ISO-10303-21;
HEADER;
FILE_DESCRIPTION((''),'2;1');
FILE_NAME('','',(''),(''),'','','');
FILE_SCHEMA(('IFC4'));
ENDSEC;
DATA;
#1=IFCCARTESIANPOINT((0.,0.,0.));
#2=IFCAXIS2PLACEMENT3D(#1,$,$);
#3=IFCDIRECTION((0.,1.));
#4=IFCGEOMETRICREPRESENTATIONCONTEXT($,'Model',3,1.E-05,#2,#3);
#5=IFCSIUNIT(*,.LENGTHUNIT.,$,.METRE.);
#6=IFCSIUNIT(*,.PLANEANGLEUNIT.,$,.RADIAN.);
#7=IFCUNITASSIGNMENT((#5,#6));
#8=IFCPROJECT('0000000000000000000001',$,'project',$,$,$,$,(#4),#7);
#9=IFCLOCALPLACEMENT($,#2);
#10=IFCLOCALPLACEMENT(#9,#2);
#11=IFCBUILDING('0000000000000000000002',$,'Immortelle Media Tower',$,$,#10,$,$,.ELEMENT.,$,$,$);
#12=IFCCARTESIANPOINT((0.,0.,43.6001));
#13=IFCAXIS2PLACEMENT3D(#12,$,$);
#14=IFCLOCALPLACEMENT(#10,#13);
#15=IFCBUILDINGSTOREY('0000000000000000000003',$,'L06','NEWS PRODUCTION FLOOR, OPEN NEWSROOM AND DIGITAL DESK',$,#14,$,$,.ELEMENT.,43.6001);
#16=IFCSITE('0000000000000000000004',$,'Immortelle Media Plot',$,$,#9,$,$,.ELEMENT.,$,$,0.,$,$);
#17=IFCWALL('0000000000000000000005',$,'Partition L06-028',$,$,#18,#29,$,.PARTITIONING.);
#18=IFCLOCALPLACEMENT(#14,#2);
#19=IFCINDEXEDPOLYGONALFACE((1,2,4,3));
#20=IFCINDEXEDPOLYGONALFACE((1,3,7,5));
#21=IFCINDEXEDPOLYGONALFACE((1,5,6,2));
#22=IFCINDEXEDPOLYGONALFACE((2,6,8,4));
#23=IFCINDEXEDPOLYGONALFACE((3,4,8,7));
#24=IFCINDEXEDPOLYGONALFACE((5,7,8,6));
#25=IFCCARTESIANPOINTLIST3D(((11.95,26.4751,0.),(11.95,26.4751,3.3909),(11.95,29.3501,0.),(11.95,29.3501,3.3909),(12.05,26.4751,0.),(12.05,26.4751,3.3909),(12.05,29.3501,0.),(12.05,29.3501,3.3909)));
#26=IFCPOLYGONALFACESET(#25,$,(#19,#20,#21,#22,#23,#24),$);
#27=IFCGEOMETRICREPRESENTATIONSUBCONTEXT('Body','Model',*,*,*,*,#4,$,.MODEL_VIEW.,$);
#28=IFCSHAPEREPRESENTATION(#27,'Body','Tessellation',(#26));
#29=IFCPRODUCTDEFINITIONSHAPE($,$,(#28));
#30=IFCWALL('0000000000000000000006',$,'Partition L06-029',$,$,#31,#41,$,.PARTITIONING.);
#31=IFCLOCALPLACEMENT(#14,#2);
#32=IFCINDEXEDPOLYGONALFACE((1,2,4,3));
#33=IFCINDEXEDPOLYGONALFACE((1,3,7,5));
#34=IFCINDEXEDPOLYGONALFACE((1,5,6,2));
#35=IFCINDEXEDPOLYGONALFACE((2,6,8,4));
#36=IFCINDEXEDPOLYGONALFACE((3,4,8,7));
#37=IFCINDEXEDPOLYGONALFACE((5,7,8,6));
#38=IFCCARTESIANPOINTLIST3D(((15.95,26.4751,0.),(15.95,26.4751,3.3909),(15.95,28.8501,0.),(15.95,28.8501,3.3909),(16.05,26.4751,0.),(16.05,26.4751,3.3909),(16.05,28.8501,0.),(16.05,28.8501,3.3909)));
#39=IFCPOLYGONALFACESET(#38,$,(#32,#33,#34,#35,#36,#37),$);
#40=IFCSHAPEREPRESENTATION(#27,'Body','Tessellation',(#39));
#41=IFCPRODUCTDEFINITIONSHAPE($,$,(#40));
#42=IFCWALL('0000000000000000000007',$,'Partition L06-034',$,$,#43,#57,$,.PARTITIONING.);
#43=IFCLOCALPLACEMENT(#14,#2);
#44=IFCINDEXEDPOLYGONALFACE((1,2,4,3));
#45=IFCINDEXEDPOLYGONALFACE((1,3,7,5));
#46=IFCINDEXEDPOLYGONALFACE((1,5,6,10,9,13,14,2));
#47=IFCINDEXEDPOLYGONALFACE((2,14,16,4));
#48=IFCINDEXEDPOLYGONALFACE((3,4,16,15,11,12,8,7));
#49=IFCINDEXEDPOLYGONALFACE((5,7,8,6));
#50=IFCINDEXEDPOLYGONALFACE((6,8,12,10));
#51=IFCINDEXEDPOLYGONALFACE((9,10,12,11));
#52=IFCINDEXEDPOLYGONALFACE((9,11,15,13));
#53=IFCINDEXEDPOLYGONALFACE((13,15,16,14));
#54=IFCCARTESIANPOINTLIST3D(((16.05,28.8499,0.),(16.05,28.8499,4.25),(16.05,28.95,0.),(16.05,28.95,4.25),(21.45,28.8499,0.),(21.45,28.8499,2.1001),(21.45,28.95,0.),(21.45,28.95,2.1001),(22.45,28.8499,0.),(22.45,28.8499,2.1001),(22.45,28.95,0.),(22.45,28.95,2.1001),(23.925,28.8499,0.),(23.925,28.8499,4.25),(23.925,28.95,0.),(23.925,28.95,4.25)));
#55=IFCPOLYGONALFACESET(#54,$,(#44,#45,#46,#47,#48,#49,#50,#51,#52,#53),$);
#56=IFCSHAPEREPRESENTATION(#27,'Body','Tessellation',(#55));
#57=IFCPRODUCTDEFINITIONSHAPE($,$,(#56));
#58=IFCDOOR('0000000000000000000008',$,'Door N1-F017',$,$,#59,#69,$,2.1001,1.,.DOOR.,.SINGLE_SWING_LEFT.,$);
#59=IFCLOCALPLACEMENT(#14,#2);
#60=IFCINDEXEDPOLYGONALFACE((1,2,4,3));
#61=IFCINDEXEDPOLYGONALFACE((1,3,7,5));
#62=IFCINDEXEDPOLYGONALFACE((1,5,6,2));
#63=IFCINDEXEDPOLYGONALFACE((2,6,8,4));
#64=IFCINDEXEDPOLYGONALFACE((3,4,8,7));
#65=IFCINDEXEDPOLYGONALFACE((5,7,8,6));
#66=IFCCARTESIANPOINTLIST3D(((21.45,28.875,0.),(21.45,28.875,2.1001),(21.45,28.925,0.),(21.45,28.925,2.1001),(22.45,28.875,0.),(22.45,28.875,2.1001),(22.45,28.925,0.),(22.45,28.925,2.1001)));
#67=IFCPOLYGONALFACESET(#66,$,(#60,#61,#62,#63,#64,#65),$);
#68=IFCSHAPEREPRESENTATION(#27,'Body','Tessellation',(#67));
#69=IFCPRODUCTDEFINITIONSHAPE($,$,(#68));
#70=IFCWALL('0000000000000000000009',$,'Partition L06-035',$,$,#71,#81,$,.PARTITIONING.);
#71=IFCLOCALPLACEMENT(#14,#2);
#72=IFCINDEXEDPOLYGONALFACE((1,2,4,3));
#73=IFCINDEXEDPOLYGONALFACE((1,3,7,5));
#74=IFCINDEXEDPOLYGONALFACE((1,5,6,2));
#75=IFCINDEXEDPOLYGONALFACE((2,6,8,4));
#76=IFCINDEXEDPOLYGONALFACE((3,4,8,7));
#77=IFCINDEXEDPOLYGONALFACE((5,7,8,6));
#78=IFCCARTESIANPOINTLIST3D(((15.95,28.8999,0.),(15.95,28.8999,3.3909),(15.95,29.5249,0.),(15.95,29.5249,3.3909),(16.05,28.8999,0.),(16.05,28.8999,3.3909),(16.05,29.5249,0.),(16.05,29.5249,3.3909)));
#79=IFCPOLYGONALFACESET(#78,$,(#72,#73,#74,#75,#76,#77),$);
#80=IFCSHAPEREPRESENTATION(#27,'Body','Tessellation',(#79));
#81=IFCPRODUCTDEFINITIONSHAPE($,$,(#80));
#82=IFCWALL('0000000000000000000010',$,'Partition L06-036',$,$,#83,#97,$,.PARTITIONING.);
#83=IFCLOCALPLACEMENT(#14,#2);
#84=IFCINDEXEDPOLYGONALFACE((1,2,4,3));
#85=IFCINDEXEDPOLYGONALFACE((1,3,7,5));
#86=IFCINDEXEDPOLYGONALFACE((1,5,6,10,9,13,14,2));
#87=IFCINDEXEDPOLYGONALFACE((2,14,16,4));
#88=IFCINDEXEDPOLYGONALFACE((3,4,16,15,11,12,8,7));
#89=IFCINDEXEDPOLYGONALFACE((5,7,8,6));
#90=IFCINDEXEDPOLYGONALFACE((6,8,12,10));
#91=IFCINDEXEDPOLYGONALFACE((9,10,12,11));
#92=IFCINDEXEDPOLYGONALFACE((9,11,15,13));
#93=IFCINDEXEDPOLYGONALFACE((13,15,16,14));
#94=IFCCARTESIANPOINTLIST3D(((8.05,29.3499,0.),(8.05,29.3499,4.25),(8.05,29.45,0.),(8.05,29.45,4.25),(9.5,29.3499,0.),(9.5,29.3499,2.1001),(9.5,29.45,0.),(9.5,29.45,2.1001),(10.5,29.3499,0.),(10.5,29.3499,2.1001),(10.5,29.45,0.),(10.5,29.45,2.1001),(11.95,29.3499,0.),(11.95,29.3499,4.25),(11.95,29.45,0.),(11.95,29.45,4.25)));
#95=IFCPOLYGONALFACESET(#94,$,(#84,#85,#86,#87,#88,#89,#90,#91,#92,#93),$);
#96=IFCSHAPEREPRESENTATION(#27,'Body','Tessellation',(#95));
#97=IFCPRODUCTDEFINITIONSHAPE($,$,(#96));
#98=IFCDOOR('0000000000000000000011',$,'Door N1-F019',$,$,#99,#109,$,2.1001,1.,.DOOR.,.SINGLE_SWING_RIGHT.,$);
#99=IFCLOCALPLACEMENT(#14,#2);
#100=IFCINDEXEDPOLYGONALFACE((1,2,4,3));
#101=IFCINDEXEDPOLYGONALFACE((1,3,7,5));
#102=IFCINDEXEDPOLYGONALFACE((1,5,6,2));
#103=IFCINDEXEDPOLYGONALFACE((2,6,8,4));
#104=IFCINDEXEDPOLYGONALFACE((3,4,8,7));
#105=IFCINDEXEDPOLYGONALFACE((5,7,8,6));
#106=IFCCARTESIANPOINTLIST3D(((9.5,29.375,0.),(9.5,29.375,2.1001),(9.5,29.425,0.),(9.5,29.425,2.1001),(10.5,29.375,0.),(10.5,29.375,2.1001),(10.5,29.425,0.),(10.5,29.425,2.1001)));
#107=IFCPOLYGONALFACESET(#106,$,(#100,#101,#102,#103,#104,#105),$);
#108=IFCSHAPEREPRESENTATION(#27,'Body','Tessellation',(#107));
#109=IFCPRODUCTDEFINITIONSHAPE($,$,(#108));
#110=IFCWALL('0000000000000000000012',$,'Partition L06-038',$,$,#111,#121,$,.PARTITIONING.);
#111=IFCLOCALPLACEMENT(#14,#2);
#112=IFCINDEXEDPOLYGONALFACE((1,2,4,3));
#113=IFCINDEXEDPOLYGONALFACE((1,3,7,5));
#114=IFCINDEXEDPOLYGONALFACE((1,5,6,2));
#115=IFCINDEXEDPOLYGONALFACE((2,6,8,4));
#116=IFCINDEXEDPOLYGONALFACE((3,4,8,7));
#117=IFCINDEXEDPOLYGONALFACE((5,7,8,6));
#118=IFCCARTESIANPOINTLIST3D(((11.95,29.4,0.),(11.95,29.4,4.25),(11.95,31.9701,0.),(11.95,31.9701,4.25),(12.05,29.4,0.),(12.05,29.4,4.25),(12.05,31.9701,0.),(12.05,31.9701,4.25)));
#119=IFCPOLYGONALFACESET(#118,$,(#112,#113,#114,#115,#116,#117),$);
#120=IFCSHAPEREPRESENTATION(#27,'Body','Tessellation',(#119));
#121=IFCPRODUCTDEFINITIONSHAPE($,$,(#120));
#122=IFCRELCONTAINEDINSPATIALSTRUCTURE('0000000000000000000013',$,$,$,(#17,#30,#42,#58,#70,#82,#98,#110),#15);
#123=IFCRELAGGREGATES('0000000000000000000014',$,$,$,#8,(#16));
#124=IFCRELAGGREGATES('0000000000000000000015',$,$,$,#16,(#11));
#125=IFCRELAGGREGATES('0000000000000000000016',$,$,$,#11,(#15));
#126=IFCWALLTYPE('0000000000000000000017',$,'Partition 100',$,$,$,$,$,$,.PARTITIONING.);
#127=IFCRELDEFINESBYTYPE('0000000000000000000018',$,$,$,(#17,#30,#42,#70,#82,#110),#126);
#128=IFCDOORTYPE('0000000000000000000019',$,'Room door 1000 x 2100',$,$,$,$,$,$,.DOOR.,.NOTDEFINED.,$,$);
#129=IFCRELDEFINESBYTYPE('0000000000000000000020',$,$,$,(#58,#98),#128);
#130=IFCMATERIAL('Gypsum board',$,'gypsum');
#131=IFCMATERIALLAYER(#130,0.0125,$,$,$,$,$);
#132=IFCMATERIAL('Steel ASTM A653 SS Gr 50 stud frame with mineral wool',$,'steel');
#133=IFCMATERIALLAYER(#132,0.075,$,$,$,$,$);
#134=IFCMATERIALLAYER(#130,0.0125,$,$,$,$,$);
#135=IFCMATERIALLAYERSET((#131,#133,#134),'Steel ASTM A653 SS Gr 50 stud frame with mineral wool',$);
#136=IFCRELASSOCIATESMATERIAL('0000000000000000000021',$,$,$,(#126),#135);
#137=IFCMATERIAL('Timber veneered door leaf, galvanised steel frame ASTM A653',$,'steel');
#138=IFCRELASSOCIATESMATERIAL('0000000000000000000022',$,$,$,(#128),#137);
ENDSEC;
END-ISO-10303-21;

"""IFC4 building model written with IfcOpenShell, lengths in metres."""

from ifc_helpers import new_model, si_unit, direction, frame, frame_2d, origin, place, context, subcontext, project, spatial, rectangle, extrude, material, layer, layer_set, type_object, element, fill, save


model = new_model("IFC4")

# Units and contexts
model_context = context("Model", 3, precision=1e-05, world=origin(), true_north=direction((0.0, 1.0)))
body_context = subcontext(model_context, "Body", "Model", "MODEL_VIEW")
ifc_project = project(units=[si_unit("LENGTHUNIT", "METRE"), si_unit("PLANEANGLEUNIT", "RADIAN")], contexts=[model_context])

# Site, building, storey
site_placement = place(None, origin())
site = spatial("IfcSite", under=ifc_project, at=site_placement, Name="Immortelle Media Plot", CompositionType="ELEMENT", RefElevation=0.0)
building_placement = place(site_placement, origin())
building = spatial("IfcBuilding", under=site, at=building_placement, Name="Immortelle Media Tower", CompositionType="ELEMENT")
storey_placement = place(building_placement, frame((0.0, 0.0, 43.6001)))
storey = spatial("IfcBuildingStorey", under=building, at=storey_placement, Name="L06", Description="NEWS PRODUCTION FLOOR, OPEN NEWSROOM AND DIGITAL DESK", CompositionType="ELEMENT", Elevation=43.6001)

# Walls
ifc_material_1 = material(Name="Steel ASTM A653 SS Gr 50 stud frame with mineral wool", Category="steel")
ifc_material_2 = material(Name="Gypsum board", Category="gypsum")
ifc_layer_1 = layer(ifc_material_2, 0.0125)
ifc_layer_2 = layer(ifc_material_1, 0.075)
ifc_layer_3 = layer(ifc_material_2, 0.0125)
ifc_layer_set_1 = layer_set([ifc_layer_1, ifc_layer_2, ifc_layer_3], Name="Steel ASTM A653 SS Gr 50 stud frame with mineral wool")
wall_type_1 = type_object("IfcWallType", Name="Partition 100", PredefinedType="PARTITIONING", material=ifc_layer_set_1)
wall_1_placement = place(storey_placement, frame((12.0, 26.4751, 0.0), z_axis=(0.0, 0.0, 1.0), x_axis=(0.0, 1.0, 0.0)))
element("IfcWall", 1, at=wall_1_placement, inside=storey, type_object=wall_type_1, Name="Partition L06-028", PredefinedType="PARTITIONING", context=body_context, shape_type="SweptSolid", body=[
    extrude(rectangle(XDim=2.875, YDim=0.1001, at=frame_2d((1.4375, 0.0))), origin(), (0.0, 0.0, 1.0), 3.3909),
])
wall_2_placement = place(storey_placement, frame((16.0, 26.4751, 0.0), z_axis=(0.0, 0.0, 1.0), x_axis=(0.0, 1.0, 0.0)))
element("IfcWall", 2, at=wall_2_placement, inside=storey, type_object=wall_type_1, Name="Partition L06-029", PredefinedType="PARTITIONING", context=body_context, shape_type="SweptSolid", body=[
    extrude(rectangle(XDim=2.375, YDim=0.1001, at=frame_2d((1.1875, 0.0))), origin(), (0.0, 0.0, 1.0), 3.3909),
])

# Wall, opening, door
wall_3_placement = place(storey_placement, frame((16.05, 28.8999, 0.0), z_axis=(0.0, 0.0, 1.0), x_axis=(1.0, 0.0, 0.0)))
wall_3 = element("IfcWall", 3, at=wall_3_placement, inside=storey, type_object=wall_type_1, Name="Partition L06-034", PredefinedType="PARTITIONING", context=body_context, shape_type="SweptSolid", body=[
    extrude(rectangle(XDim=7.875, YDim=0.1001, at=frame_2d((3.9375, 0.0))), origin(), (0.0, 0.0, 1.0), 4.25),
])
opening_1_placement = place(wall_3_placement, frame((6.3999, 0.0, 0.0), z_axis=(0.0, 0.0, 1.0), x_axis=(-1.0, 0.0, 0.0)))
opening_1 = element("IfcOpeningElement", 4, at=opening_1_placement, cuts=wall_3, PredefinedType="OPENING", context=body_context, shape_type="SweptSolid", body=[
    extrude(rectangle(XDim=1.0, YDim=2.1001, at=frame_2d((0.5, 1.05))), frame((0.0, 0.0601, 0.0), z_axis=(0.0, -1.0, 0.0), x_axis=(1.0, 0.0, 0.0)), (0.0, 0.0, 1.0), 0.1201),
])
ifc_material_3 = material(Name="Timber veneered door leaf, galvanised steel frame ASTM A653", Category="steel")
door_type = type_object("IfcDoorType", Name="Room door 1000 x 2100", OperationType="NOTDEFINED", PredefinedType="DOOR", material=ifc_material_3)
door_1_placement = place(opening_1_placement, origin())
door_1 = element("IfcDoor", 5, at=door_1_placement, inside=storey, type_object=door_type, Name="Door N1-F017", OperationType="SINGLE_SWING_LEFT", OverallHeight=2.1001, OverallWidth=1.0, PredefinedType="DOOR", context=body_context, shape_type="SweptSolid", body=[
    extrude(rectangle(XDim=1.0, YDim=2.1001, at=frame_2d((0.5, 1.05))), frame((0.0, 0.0249, 0.0), z_axis=(0.0, -1.0, 0.0), x_axis=(1.0, 0.0, 0.0)), (0.0, 0.0, 1.0), 0.05),
])
fill(opening_1, door_1)

# Wall
wall_4_placement = place(storey_placement, frame((16.0, 28.8999, 0.0), z_axis=(0.0, 0.0, 1.0), x_axis=(0.0, 1.0, 0.0)))
element("IfcWall", 6, at=wall_4_placement, inside=storey, type_object=wall_type_1, Name="Partition L06-035", PredefinedType="PARTITIONING", context=body_context, shape_type="SweptSolid", body=[
    extrude(rectangle(XDim=0.625, YDim=0.1001, at=frame_2d((0.3125, 0.0))), origin(), (0.0, 0.0, 1.0), 3.3909),
])

# Wall, opening, door
wall_5_placement = place(storey_placement, frame((8.05, 29.3999, 0.0), z_axis=(0.0, 0.0, 1.0), x_axis=(1.0, 0.0, 0.0)))
wall_5 = element("IfcWall", 7, at=wall_5_placement, inside=storey, type_object=wall_type_1, Name="Partition L06-036", PredefinedType="PARTITIONING", context=body_context, shape_type="SweptSolid", body=[
    extrude(rectangle(XDim=3.8999, YDim=0.1001, at=frame_2d((1.95, 0.0))), origin(), (0.0, 0.0, 1.0), 4.25),
])
opening_2_placement = place(wall_5_placement, frame((2.45, 0.0, 0.0), z_axis=(0.0, 0.0, 1.0), x_axis=(-1.0, 0.0, 0.0)))
opening_2 = element("IfcOpeningElement", 8, at=opening_2_placement, cuts=wall_5, PredefinedType="OPENING", context=body_context, shape_type="SweptSolid", body=[
    extrude(rectangle(XDim=1.0, YDim=2.1001, at=frame_2d((0.5, 1.05))), frame((0.0, 0.0601, 0.0), z_axis=(0.0, -1.0, 0.0), x_axis=(1.0, 0.0, 0.0)), (0.0, 0.0, 1.0), 0.1201),
])
door_2_placement = place(opening_2_placement, origin())
door_2 = element("IfcDoor", 9, at=door_2_placement, inside=storey, type_object=door_type, Name="Door N1-F019", OperationType="SINGLE_SWING_RIGHT", OverallHeight=2.1001, OverallWidth=1.0, PredefinedType="DOOR", context=body_context, shape_type="SweptSolid", body=[
    extrude(rectangle(XDim=1.0, YDim=2.1001, at=frame_2d((0.5, 1.05))), frame((0.0, 0.0249, 0.0), z_axis=(0.0, -1.0, 0.0), x_axis=(1.0, 0.0, 0.0)), (0.0, 0.0, 1.0), 0.05),
])
fill(opening_2, door_2)

# Wall
wall_6_placement = place(storey_placement, frame((12.0, 29.3999, 0.0), z_axis=(0.0, 0.0, 1.0), x_axis=(0.0, 1.0, 0.0)))
element("IfcWall", 10, at=wall_6_placement, inside=storey, type_object=wall_type_1, Name="Partition L06-038", PredefinedType="PARTITIONING", context=body_context, shape_type="SweptSolid", body=[
    extrude(rectangle(XDim=2.5701, YDim=0.1001, at=frame_2d((1.2852, 0.0))), origin(), (0.0, 0.0, 1.0), 4.25),
])

save(model, "model.ifc")
